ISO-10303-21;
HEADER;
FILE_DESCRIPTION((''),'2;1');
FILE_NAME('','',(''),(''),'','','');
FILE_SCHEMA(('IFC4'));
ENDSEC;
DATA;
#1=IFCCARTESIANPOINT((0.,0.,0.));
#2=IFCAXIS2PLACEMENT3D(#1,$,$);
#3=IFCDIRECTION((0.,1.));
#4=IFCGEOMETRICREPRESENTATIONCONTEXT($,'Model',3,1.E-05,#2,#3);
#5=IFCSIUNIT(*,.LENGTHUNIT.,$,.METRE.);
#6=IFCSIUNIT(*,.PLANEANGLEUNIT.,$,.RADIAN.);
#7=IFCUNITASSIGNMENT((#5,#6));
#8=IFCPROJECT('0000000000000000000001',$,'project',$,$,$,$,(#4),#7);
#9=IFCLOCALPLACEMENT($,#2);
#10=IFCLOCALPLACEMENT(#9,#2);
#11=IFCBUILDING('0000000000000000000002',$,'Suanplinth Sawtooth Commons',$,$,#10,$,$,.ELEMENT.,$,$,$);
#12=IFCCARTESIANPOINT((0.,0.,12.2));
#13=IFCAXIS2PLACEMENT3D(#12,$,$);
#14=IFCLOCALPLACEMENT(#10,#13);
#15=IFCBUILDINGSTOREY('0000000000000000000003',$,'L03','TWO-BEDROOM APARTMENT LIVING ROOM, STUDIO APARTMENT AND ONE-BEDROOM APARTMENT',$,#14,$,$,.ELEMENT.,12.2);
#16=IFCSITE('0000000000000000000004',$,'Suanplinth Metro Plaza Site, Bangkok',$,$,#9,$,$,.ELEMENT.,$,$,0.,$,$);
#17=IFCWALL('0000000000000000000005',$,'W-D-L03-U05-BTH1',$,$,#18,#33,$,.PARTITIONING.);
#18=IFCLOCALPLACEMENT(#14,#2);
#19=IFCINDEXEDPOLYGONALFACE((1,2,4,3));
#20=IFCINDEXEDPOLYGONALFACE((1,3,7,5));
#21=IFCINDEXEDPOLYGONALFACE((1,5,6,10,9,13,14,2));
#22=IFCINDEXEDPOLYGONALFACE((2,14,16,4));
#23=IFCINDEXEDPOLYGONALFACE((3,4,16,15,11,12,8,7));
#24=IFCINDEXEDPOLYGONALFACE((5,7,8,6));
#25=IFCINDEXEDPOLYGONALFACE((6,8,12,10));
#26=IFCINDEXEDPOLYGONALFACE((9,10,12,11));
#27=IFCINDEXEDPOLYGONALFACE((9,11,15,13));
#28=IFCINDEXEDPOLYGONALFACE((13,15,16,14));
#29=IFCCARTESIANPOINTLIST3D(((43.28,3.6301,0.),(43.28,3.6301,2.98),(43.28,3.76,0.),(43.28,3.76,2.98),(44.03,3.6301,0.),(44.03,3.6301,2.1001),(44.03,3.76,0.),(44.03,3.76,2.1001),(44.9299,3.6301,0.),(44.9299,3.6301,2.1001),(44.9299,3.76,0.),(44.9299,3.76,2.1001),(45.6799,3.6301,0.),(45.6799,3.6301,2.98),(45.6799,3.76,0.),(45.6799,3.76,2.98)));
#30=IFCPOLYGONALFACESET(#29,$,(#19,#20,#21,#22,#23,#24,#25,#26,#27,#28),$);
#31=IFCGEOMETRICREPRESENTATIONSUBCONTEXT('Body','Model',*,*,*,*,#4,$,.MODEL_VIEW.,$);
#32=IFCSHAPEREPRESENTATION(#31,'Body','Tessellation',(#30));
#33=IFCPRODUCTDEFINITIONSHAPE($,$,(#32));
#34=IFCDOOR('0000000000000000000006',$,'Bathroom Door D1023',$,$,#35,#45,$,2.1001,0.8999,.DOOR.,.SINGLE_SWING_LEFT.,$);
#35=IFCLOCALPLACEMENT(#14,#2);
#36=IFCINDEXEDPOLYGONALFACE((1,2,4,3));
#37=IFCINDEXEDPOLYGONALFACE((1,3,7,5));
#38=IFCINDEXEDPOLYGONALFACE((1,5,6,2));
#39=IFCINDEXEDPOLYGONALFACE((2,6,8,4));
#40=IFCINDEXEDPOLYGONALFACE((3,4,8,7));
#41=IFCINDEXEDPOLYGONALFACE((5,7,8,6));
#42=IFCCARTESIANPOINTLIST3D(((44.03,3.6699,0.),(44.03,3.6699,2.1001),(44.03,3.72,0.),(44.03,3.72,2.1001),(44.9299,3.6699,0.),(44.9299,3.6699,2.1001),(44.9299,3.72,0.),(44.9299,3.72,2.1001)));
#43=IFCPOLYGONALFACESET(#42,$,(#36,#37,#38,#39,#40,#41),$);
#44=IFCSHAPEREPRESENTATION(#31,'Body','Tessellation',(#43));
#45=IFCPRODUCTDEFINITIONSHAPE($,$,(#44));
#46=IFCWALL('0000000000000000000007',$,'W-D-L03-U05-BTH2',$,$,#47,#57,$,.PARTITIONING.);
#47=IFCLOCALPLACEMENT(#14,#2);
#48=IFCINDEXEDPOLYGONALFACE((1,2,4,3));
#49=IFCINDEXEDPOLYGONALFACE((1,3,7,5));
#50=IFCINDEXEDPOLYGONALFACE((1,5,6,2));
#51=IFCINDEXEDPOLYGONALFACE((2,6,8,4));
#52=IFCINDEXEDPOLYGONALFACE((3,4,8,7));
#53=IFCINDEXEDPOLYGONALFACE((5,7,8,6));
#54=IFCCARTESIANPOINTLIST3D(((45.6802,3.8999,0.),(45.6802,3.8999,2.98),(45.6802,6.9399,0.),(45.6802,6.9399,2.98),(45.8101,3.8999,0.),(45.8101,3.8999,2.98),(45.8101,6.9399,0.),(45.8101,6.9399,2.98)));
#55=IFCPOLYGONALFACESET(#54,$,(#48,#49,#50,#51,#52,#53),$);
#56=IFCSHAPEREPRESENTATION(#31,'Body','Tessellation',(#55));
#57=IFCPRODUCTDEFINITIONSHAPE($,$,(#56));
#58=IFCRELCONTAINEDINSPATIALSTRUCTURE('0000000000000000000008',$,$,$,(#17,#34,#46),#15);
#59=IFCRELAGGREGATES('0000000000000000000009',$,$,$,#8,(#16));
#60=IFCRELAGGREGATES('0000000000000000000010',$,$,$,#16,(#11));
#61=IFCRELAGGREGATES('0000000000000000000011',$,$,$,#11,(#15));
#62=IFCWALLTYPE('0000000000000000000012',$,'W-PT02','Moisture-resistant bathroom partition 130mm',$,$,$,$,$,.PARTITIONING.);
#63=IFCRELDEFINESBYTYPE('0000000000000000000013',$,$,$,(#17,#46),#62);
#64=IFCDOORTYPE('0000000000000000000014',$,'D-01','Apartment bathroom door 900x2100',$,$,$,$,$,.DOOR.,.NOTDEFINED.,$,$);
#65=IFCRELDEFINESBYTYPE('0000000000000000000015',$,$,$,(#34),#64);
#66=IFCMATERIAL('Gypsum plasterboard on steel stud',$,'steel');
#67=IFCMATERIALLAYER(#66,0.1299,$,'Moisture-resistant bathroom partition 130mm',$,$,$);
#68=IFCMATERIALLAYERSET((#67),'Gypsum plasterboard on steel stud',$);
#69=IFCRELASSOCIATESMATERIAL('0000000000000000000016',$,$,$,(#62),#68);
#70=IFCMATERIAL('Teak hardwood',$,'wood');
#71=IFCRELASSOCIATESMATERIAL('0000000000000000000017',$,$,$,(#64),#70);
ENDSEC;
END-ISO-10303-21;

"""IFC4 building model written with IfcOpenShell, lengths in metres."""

from ifc_helpers import new_model, si_unit, direction, frame, frame_2d, origin, place, context, subcontext, project, spatial, rectangle, extrude, material, layer, layer_set, type_object, element, fill, save


model = new_model("IFC4")

# Units and contexts
model_context = context("Model", 3, precision=1e-05, world=origin(), true_north=direction((0.0, 1.0)))
body_context = subcontext(model_context, "Body", "Model", "MODEL_VIEW")
ifc_project = project(units=[si_unit("LENGTHUNIT", "METRE"), si_unit("PLANEANGLEUNIT", "RADIAN")], contexts=[model_context])

# Site, building, storey
site_placement = place(None, origin())
site = spatial("IfcSite", under=ifc_project, at=site_placement, Name="Suanplinth Metro Plaza Site, Bangkok", CompositionType="ELEMENT", RefElevation=0.0)
building_placement = place(site_placement, origin())
building = spatial("IfcBuilding", under=site, at=building_placement, Name="Suanplinth Sawtooth Commons", CompositionType="ELEMENT")
storey_placement = place(building_placement, frame((0.0, 0.0, 12.2)))
storey = spatial("IfcBuildingStorey", under=building, at=storey_placement, Name="L03", Description="TWO-BEDROOM APARTMENT LIVING ROOM, STUDIO APARTMENT AND ONE-BEDROOM APARTMENT", CompositionType="ELEMENT", Elevation=12.2)

# Shared definitions
ifc_material_1 = material(Name="Gypsum plasterboard on steel stud", Category="steel")
ifc_material_2 = material(Name="Teak hardwood", Category="wood")

# Wall, opening, door
ifc_layer_1 = layer(ifc_material_1, 0.1299, Name="Moisture-resistant bathroom partition 130mm")
ifc_layer_set_1 = layer_set([ifc_layer_1], Name="Gypsum plasterboard on steel stud")
wall_type_1 = type_object("IfcWallType", Name="W-PT02", Description="Moisture-resistant bathroom partition 130mm", PredefinedType="PARTITIONING", material=ifc_layer_set_1)
wall_1_placement = place(storey_placement, frame((43.28, 3.6951, 0.0), z_axis=(0.0, 0.0, 1.0), x_axis=(1.0, 0.0, 0.0)))
wall_1 = element("IfcWall", 1, at=wall_1_placement, inside=storey, type_object=wall_type_1, Name="W-D-L03-U05-BTH1", PredefinedType="PARTITIONING", context=body_context, shape_type="SweptSolid", body=[
    extrude(rectangle(XDim=2.3999, YDim=0.1299, at=frame_2d((1.2, 0.0))), origin(), (0.0, 0.0, 1.0), 2.98),
])
opening_1_placement = place(wall_1_placement, frame((0.75, 0.0, 0.0)))
opening_1 = element("IfcOpeningElement", 2, at=opening_1_placement, cuts=wall_1, PredefinedType="OPENING", context=body_context, shape_type="SweptSolid", body=[
    extrude(rectangle(XDim=0.8999, YDim=2.1001, at=frame_2d((0.45, 1.05))), frame((0.0, 0.0798, 0.0), z_axis=(0.0, -1.0, 0.0), x_axis=(1.0, 0.0, 0.0)), (0.0, 0.0, 1.0), 0.1597),
])
door_type_1 = type_object("IfcDoorType", Name="D-01", Description="Apartment bathroom door 900x2100", OperationType="NOTDEFINED", PredefinedType="DOOR", material=ifc_material_2)
door_1_placement = place(opening_1_placement, origin())
door_1 = element("IfcDoor", 3, at=door_1_placement, inside=storey, type_object=door_type_1, Name="Bathroom Door D1023", OperationType="SINGLE_SWING_LEFT", OverallHeight=2.1001, OverallWidth=0.8999, PredefinedType="DOOR", context=body_context, shape_type="SweptSolid", body=[
    extrude(rectangle(XDim=0.8999, YDim=2.1001, at=frame_2d((0.45, 1.05))), frame((0.0, 0.0249, 0.0), z_axis=(0.0, -1.0, 0.0), x_axis=(1.0, 0.0, 0.0)), (0.0, 0.0, 1.0), 0.05),
])
fill(opening_1, door_1)

# Wall
wall_2_placement = place(storey_placement, frame((45.7451, 3.8999, 0.0), z_axis=(0.0, 0.0, 1.0), x_axis=(0.0, 1.0, 0.0)))
element("IfcWall", 4, at=wall_2_placement, inside=storey, type_object=wall_type_1, Name="W-D-L03-U05-BTH2", PredefinedType="PARTITIONING", context=body_context, shape_type="SweptSolid", body=[
    extrude(rectangle(XDim=3.04, YDim=0.1299, at=frame_2d((1.52, 0.0))), origin(), (0.0, 0.0, 1.0), 2.98),
])

save(model, "model.ifc")
